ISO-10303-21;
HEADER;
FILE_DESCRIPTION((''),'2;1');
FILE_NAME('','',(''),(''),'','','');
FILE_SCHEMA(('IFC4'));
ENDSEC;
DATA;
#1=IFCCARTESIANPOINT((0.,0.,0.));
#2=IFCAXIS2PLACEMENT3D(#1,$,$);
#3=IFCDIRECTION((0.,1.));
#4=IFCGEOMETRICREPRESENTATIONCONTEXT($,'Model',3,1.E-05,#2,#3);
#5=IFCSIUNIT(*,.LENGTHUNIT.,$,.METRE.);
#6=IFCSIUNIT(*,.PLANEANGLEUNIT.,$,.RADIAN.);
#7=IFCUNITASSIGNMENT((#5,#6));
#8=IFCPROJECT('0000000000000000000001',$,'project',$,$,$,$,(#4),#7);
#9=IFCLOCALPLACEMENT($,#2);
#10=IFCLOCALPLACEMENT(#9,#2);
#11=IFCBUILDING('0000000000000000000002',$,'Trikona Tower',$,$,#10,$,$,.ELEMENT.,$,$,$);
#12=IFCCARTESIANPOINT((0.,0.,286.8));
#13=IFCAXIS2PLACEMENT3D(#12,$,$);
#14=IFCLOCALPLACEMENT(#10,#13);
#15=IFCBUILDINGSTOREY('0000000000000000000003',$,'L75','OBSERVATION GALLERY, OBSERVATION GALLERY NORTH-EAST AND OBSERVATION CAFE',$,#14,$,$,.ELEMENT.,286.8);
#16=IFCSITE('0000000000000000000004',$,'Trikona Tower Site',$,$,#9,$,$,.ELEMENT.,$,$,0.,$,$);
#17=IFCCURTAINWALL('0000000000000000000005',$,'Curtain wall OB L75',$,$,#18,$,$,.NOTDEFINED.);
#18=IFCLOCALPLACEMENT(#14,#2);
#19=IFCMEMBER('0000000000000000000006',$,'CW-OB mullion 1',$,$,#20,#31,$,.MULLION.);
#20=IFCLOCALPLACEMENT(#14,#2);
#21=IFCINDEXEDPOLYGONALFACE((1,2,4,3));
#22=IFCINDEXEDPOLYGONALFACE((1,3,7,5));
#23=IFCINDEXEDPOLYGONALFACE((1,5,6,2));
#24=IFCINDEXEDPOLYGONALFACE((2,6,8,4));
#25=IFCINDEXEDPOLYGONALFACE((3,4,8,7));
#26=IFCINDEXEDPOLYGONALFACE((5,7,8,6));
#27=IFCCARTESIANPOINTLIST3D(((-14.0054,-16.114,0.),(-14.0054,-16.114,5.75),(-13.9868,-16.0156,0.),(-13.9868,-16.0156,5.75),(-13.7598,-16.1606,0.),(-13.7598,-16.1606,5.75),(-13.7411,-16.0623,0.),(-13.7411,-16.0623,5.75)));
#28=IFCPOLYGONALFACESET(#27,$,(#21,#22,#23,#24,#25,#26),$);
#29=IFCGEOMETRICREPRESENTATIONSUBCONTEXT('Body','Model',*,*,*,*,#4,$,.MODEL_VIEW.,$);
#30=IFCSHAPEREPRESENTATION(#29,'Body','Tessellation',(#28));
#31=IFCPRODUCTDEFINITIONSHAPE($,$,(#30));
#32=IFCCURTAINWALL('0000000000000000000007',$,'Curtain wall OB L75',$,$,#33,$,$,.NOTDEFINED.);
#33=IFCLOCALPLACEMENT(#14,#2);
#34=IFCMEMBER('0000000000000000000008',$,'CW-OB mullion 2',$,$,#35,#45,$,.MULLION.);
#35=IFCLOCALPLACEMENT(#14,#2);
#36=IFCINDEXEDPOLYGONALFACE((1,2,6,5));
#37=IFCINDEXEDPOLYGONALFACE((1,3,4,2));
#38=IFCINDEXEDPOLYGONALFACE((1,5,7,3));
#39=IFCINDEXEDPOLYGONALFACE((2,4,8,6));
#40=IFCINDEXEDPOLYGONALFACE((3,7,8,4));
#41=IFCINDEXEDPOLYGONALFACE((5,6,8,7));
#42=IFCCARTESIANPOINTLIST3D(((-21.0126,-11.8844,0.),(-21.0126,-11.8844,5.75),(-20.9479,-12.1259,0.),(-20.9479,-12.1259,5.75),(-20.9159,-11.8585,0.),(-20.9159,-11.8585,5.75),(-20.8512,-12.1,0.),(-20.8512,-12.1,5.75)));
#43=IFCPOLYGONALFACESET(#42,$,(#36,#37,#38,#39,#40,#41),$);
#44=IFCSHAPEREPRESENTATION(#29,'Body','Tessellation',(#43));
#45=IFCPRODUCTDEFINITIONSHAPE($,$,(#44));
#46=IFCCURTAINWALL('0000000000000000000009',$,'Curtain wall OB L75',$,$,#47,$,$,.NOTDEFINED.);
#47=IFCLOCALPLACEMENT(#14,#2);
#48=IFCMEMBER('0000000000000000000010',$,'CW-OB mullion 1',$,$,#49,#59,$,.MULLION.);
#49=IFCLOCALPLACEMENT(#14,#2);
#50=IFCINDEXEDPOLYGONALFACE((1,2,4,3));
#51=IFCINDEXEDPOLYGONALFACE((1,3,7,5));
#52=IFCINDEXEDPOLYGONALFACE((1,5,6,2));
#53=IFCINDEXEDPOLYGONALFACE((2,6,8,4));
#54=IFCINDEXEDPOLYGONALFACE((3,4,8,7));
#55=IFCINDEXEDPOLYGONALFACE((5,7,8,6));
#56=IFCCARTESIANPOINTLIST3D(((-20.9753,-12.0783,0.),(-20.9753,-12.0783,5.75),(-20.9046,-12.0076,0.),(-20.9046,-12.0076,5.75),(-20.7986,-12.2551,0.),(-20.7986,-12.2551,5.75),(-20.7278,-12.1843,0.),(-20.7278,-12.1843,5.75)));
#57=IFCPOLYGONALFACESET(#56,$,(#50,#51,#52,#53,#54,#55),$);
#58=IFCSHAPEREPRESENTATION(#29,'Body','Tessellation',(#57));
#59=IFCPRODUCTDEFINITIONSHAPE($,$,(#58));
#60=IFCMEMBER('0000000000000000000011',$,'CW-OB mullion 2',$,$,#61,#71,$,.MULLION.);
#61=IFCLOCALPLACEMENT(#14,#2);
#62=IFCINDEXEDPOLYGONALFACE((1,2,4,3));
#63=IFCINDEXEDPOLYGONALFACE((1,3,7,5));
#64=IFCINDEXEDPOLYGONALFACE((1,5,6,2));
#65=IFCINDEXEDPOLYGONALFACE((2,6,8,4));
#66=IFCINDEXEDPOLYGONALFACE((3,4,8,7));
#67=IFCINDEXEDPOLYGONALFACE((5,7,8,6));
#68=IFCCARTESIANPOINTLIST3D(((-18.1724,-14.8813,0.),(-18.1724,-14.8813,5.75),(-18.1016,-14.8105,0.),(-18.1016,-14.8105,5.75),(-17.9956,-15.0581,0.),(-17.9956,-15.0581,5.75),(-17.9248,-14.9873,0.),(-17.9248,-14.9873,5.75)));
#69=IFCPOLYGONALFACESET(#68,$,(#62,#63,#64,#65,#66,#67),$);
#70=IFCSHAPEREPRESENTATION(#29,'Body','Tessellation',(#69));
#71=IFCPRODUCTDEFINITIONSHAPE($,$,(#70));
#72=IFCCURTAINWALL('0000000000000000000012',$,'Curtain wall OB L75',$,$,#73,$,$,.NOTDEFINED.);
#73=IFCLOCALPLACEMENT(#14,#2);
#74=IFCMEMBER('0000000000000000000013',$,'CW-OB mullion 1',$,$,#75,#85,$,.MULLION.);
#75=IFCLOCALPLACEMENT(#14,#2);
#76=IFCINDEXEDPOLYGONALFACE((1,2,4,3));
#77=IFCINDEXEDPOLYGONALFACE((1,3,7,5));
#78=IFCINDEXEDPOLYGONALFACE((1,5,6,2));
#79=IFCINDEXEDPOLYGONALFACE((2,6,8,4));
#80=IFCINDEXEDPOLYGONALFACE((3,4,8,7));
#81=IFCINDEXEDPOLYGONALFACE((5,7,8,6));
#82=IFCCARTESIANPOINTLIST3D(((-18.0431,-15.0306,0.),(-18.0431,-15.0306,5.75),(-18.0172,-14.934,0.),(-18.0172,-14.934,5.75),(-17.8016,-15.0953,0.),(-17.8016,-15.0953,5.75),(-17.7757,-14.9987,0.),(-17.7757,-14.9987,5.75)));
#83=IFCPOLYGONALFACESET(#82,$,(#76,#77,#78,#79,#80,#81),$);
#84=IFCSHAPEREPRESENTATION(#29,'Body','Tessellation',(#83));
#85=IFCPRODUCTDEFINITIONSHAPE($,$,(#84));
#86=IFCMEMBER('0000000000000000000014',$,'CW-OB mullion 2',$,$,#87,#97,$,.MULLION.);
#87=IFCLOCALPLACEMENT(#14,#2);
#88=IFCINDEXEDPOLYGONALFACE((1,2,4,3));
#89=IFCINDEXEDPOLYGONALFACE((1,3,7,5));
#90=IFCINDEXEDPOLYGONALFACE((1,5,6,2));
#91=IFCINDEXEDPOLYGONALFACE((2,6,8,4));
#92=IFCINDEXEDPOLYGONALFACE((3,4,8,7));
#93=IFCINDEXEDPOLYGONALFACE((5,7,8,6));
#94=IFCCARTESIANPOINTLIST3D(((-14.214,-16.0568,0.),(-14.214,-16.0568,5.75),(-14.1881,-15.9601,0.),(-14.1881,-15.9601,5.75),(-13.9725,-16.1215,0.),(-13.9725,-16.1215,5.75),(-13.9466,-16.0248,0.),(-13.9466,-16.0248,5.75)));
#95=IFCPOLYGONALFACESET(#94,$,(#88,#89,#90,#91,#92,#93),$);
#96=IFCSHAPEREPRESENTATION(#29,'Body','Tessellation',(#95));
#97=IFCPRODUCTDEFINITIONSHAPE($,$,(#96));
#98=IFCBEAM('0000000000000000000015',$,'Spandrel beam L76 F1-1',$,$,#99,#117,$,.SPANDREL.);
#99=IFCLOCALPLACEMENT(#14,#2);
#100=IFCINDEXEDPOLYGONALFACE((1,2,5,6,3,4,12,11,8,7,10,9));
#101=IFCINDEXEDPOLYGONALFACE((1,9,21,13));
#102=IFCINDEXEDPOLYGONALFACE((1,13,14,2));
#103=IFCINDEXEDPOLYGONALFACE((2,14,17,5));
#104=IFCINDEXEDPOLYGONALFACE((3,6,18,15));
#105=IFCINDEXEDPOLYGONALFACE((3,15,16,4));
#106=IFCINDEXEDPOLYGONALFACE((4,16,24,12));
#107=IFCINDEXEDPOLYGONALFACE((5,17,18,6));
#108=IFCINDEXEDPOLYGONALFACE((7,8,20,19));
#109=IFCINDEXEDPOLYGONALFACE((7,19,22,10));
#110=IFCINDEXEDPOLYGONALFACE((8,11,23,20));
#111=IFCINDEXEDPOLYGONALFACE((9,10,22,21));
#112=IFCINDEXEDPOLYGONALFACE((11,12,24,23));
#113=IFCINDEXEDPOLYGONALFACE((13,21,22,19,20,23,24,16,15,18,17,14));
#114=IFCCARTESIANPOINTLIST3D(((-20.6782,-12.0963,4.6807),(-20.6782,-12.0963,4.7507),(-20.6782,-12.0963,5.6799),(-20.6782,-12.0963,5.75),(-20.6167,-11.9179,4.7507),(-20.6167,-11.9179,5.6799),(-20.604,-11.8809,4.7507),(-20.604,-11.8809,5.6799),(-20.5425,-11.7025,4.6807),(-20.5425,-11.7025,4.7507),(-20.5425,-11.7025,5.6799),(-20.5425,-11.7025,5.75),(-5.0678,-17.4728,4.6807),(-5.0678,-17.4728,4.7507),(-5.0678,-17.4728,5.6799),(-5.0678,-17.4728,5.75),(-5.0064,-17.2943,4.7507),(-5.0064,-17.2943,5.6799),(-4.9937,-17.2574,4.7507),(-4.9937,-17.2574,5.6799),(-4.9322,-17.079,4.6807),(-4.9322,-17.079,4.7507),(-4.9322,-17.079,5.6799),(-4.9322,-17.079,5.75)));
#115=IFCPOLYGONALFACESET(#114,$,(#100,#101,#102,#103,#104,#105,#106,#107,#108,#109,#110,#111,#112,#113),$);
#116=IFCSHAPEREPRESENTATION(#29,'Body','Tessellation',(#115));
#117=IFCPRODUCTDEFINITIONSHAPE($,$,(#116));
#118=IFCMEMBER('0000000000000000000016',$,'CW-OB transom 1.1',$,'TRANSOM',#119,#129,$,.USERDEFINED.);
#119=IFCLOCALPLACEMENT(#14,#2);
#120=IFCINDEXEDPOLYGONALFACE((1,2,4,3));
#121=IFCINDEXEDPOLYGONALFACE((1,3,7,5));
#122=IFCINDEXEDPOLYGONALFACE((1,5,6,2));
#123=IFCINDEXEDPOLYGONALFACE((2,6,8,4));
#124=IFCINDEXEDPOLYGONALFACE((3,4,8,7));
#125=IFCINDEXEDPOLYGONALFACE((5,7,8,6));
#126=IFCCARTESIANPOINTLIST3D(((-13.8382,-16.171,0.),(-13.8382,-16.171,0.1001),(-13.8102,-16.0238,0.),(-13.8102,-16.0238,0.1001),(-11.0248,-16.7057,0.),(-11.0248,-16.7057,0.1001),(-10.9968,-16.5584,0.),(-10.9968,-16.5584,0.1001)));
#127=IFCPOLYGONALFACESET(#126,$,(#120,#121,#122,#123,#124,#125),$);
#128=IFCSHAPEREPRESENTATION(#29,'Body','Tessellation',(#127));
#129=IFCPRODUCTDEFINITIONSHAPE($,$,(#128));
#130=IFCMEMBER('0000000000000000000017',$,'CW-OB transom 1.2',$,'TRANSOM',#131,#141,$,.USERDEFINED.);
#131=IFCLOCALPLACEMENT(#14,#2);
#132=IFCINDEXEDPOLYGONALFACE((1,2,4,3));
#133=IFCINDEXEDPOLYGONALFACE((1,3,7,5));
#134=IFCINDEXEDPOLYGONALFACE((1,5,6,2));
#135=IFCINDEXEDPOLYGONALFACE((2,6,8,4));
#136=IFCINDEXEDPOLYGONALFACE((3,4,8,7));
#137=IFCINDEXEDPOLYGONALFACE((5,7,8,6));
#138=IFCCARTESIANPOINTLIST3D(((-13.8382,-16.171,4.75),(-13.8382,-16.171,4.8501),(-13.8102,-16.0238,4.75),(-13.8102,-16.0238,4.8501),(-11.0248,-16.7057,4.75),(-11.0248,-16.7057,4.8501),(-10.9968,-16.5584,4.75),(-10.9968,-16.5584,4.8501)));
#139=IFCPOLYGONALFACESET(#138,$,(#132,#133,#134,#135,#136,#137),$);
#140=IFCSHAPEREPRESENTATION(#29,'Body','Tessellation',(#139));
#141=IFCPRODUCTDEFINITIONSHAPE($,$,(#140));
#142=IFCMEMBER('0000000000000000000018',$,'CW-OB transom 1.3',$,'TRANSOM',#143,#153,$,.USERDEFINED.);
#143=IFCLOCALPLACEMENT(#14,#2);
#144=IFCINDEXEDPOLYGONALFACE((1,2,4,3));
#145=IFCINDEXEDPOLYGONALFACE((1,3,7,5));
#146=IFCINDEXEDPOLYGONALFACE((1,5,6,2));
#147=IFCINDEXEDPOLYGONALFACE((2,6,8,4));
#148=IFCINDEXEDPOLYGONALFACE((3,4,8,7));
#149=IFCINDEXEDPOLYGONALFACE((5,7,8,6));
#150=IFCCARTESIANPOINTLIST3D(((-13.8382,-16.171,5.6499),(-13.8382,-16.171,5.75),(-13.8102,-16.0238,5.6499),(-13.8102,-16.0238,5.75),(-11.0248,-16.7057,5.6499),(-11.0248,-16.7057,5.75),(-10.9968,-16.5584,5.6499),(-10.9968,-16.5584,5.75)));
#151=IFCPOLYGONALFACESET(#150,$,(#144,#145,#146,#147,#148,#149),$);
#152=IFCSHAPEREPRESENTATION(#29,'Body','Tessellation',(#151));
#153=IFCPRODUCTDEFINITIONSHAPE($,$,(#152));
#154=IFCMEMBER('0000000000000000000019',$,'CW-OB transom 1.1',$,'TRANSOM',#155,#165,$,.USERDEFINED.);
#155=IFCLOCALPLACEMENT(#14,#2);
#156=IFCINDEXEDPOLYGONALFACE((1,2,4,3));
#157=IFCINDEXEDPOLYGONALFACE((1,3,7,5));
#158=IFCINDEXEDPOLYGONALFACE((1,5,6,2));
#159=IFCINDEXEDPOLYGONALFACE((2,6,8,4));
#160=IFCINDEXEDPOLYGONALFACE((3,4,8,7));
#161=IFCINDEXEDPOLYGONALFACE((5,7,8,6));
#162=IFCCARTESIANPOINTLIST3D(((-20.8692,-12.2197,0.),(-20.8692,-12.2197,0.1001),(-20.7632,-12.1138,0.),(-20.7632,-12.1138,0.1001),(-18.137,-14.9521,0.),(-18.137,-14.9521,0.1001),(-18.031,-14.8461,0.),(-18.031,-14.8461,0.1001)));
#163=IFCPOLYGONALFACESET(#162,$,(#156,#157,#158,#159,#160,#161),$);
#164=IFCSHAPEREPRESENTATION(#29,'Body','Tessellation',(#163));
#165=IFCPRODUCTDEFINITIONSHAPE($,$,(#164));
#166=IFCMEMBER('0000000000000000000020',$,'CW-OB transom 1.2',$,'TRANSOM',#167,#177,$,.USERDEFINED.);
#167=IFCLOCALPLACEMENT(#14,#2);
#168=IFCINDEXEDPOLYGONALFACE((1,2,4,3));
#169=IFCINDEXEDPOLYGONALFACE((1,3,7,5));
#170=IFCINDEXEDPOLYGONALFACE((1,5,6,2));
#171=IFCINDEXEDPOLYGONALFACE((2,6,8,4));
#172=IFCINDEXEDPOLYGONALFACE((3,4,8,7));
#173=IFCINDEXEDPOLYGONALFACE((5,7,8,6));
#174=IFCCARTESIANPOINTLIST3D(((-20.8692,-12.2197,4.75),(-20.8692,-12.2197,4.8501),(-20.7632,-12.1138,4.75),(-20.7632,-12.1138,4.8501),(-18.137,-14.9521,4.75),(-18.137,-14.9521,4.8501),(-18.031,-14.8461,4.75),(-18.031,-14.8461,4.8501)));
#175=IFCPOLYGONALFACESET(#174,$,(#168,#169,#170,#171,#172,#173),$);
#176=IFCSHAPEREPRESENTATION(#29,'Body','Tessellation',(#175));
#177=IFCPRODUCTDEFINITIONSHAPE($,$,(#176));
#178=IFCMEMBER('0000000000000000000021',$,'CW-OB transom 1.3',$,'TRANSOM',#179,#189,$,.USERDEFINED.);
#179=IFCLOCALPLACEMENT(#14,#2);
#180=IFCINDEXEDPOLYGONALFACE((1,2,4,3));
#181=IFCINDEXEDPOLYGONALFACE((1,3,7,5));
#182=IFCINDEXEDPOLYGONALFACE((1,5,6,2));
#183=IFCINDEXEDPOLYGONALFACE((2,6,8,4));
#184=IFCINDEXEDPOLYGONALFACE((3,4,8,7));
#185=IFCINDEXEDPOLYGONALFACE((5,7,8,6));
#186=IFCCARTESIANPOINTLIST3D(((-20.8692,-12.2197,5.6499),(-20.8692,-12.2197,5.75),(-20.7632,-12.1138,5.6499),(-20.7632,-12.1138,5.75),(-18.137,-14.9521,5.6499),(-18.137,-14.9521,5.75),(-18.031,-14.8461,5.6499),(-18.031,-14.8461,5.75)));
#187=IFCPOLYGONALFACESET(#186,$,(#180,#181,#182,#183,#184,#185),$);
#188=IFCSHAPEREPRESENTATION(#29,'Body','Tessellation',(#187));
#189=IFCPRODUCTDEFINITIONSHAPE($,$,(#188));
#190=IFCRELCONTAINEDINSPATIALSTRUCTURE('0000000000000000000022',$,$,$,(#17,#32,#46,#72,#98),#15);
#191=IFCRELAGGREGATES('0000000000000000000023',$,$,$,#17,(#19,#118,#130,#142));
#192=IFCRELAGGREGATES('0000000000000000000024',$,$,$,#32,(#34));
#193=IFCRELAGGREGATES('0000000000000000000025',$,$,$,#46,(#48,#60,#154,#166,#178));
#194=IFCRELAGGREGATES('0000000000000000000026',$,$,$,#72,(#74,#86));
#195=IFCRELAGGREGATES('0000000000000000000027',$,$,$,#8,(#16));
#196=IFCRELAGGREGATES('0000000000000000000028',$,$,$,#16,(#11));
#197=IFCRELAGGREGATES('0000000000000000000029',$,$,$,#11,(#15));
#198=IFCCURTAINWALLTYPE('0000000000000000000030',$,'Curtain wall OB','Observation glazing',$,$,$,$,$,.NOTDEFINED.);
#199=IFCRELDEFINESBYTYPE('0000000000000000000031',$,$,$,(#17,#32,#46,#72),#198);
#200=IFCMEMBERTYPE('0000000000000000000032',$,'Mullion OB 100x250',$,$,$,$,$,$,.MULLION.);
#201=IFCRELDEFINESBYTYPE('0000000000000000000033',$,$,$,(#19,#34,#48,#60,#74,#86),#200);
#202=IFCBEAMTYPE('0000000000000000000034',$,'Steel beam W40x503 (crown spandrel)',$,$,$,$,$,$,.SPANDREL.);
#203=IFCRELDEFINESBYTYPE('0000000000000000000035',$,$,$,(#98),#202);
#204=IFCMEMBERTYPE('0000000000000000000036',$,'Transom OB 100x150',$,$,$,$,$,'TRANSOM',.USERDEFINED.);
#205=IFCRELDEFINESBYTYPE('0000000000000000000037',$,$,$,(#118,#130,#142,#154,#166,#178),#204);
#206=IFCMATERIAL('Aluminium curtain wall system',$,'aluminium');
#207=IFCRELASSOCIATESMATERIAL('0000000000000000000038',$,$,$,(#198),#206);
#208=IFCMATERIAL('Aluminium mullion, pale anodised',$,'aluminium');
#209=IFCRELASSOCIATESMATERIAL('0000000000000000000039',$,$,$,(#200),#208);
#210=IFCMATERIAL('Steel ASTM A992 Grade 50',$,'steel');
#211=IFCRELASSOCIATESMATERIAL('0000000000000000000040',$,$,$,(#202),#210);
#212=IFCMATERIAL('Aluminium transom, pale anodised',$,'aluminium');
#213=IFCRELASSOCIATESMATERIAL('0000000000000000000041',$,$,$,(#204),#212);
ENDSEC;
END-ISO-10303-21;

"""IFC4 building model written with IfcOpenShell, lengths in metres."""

from ifc_helpers import new_model, si_unit, direction, frame, origin, origin_2d, place, context, subcontext, project, spatial, rectangle, i_section, extrude, material, material_profile, profile_set, type_object, element, aggregate, save


model = new_model("IFC4")

# Units and contexts
model_context = context("Model", 3, precision=1e-05, world=origin(), true_north=direction((0.0, 1.0)))
body_context = subcontext(model_context, "Body", "Model", "MODEL_VIEW")
ifc_project = project(units=[si_unit("LENGTHUNIT", "METRE"), si_unit("PLANEANGLEUNIT", "RADIAN")], contexts=[model_context])

# Site, building, storey
site_placement = place(None, origin())
site = spatial("IfcSite", under=ifc_project, at=site_placement, Name="Trikona Tower Site", CompositionType="ELEMENT", RefElevation=0.0)
building_placement = place(site_placement, origin())
building = spatial("IfcBuilding", under=site, at=building_placement, Name="Trikona Tower", CompositionType="ELEMENT")
storey_placement = place(building_placement, frame((0.0, 0.0, 286.8)))
storey = spatial("IfcBuildingStorey", under=building, at=storey_placement, Name="L75", Description="OBSERVATION GALLERY, OBSERVATION GALLERY NORTH-EAST AND OBSERVATION CAFE", CompositionType="ELEMENT", Elevation=286.8)

# Curtain walls, members
ifc_material_1 = material(Name="Aluminium curtain wall system", Category="aluminium")
curtain_wall_type = type_object("IfcCurtainWallType", Name="Curtain wall OB", Description="Observation glazing", PredefinedType="NOTDEFINED", material=ifc_material_1)
curtain_wall_1_placement = place(storey_placement, origin())
curtain_wall_1 = element("IfcCurtainWall", 1, at=curtain_wall_1_placement, inside=storey, type_object=curtain_wall_type, Name="Curtain wall OB L75", PredefinedType="NOTDEFINED")
ifc_material_2 = material(Name="Aluminium mullion, pale anodised", Category="aluminium")
ifc_material_profile_1 = material_profile(ifc_material_2, rectangle(XDim=0.1001, YDim=0.25, at=origin_2d()), Name="MUL-OB")
ifc_profile_set_1 = profile_set([ifc_material_profile_1], Name="Aluminium mullion, pale anodised")
member_type_1 = type_object("IfcMemberType", Name="Mullion OB 100x250", PredefinedType="MULLION", material=ifc_profile_set_1)
member_1_placement = place(storey_placement, frame((-13.8733, -16.0881, 0.0), z_axis=(0.0, 0.0, 1.0), x_axis=(0.186661, 0.982424, 0.0)))
member_1 = element("IfcMember", 2, at=member_1_placement, type_object=member_type_1, Name="CW-OB mullion 1", PredefinedType="MULLION", context=body_context, shape_type="SweptSolid", body=[
    extrude(rectangle(XDim=0.1001, YDim=0.25, at=origin_2d()), origin(), (0.0, 0.0, 1.0), 5.75),
])
curtain_wall_2_placement = place(storey_placement, origin())
curtain_wall_2 = element("IfcCurtainWall", 3, at=curtain_wall_2_placement, inside=storey, type_object=curtain_wall_type, Name="Curtain wall OB L75", PredefinedType="NOTDEFINED")
member_2_placement = place(storey_placement, frame((-20.9319, -11.9922, 0.0), z_axis=(0.0, 0.0, 1.0), x_axis=(0.965923, 0.258828, 0.0)))
member_2 = element("IfcMember", 4, at=member_2_placement, type_object=member_type_1, Name="CW-OB mullion 2", PredefinedType="MULLION", context=body_context, shape_type="SweptSolid", body=[
    extrude(rectangle(XDim=0.1001, YDim=0.25, at=origin_2d()), origin(), (0.0, 0.0, 1.0), 5.75),
])

# Curtain walls, members
curtain_wall_3_placement = place(storey_placement, origin())
curtain_wall_3 = element("IfcCurtainWall", 5, at=curtain_wall_3_placement, inside=storey, type_object=curtain_wall_type, Name="Curtain wall OB L75", PredefinedType="NOTDEFINED")
member_3_placement = place(storey_placement, frame((-20.8516, -12.1313, 0.0), z_axis=(0.0, 0.0, 1.0), x_axis=(0.707107, 0.707107, 0.0)))
member_3 = element("IfcMember", 6, at=member_3_placement, type_object=member_type_1, Name="CW-OB mullion 1", PredefinedType="MULLION", context=body_context, shape_type="SweptSolid", body=[
    extrude(rectangle(XDim=0.1001, YDim=0.25, at=origin_2d()), origin(), (0.0, 0.0, 1.0), 5.75),
])
member_4_placement = place(storey_placement, frame((-18.0486, -14.9343, 0.0), z_axis=(0.0, 0.0, 1.0), x_axis=(0.707107, 0.707107, 0.0)))
member_4 = element("IfcMember", 7, at=member_4_placement, type_object=member_type_1, Name="CW-OB mullion 2", PredefinedType="MULLION", context=body_context, shape_type="SweptSolid", body=[
    extrude(rectangle(XDim=0.1001, YDim=0.25, at=origin_2d()), origin(), (0.0, 0.0, 1.0), 5.75),
])
curtain_wall_4_placement = place(storey_placement, origin())
curtain_wall_4 = element("IfcCurtainWall", 8, at=curtain_wall_4_placement, inside=storey, type_object=curtain_wall_type, Name="Curtain wall OB L75", PredefinedType="NOTDEFINED")
member_5_placement = place(storey_placement, frame((-17.9094, -15.0146, 0.0), z_axis=(0.0, 0.0, 1.0), x_axis=(0.258828, 0.965923, 0.0)))
member_5 = element("IfcMember", 9, at=member_5_placement, type_object=member_type_1, Name="CW-OB mullion 1", PredefinedType="MULLION", context=body_context, shape_type="SweptSolid", body=[
    extrude(rectangle(XDim=0.1001, YDim=0.25, at=origin_2d()), origin(), (0.0, 0.0, 1.0), 5.75),
])
member_6_placement = place(storey_placement, frame((-14.0803, -16.0408, 0.0), z_axis=(0.0, 0.0, 1.0), x_axis=(0.258828, 0.965923, 0.0)))
member_6 = element("IfcMember", 10, at=member_6_placement, type_object=member_type_1, Name="CW-OB mullion 2", PredefinedType="MULLION", context=body_context, shape_type="SweptSolid", body=[
    extrude(rectangle(XDim=0.1001, YDim=0.25, at=origin_2d()), origin(), (0.0, 0.0, 1.0), 5.75),
])

# Beam
ifc_material_3 = material(Name="Steel ASTM A992 Grade 50", Category="steel")
ifc_material_profile_2 = material_profile(ifc_material_3, i_section(OverallWidth=0.4165, OverallDepth=1.0693, WebThickness=0.0391, FlangeThickness=0.0701, at=origin_2d()), Name="W40X503")
ifc_profile_set_2 = profile_set([ifc_material_profile_2], Name="Steel ASTM A992 Grade 50")
beam_type = type_object("IfcBeamType", Name="Steel beam W40x503 (crown spandrel)", PredefinedType="SPANDREL", material=ifc_profile_set_2)
beam_placement = place(storey_placement, frame((-20.6104, -11.8994, 5.2153), z_axis=(0.945493, -0.325643, 0.0), x_axis=(0.325643, 0.945493, 0.0)))
element("IfcBeam", 11, at=beam_placement, inside=storey, type_object=beam_type, Name="Spandrel beam L76 F1-1", PredefinedType="SPANDREL", context=body_context, shape_type="SweptSolid", body=[
    extrude(i_section(OverallWidth=0.4165, OverallDepth=1.0693, WebThickness=0.0391, FlangeThickness=0.0701, at=origin_2d()), origin(), (0.0, 0.0, 1.0), 16.5103),
])

# Members
ifc_material_4 = material(Name="Aluminium transom, pale anodised", Category="aluminium")
ifc_material_profile_3 = material_profile(ifc_material_4, rectangle(XDim=0.1499, YDim=0.1001, at=origin_2d()), Name="TRN-OB")
ifc_profile_set_3 = profile_set([ifc_material_profile_3], Name="Aluminium transom, pale anodised")
member_type_2 = type_object("IfcMemberType", Name="Transom OB 100x150", ElementType="TRANSOM", PredefinedType="USERDEFINED", material=ifc_profile_set_3)
member_7_placement = place(storey_placement, frame((-13.8242, -16.0974, 0.05), z_axis=(0.982418, -0.186697, 0.0), x_axis=(0.186697, 0.982418, 0.0)))
member_7 = element("IfcMember", 12, at=member_7_placement, type_object=member_type_2, Name="CW-OB transom 1.1", ObjectType="TRANSOM", PredefinedType="USERDEFINED", context=body_context, shape_type="SweptSolid", body=[
    extrude(rectangle(XDim=0.1499, YDim=0.1001, at=origin_2d()), origin(), (0.0, 0.0, 1.0), 2.8638),
])
member_8_placement = place(storey_placement, frame((-13.8242, -16.0974, 4.8), z_axis=(0.982418, -0.186697, 0.0), x_axis=(0.186697, 0.982418, 0.0)))
member_8 = element("IfcMember", 13, at=member_8_placement, type_object=member_type_2, Name="CW-OB transom 1.2", ObjectType="TRANSOM", PredefinedType="USERDEFINED", context=body_context, shape_type="SweptSolid", body=[
    extrude(rectangle(XDim=0.1499, YDim=0.1001, at=origin_2d()), origin(), (0.0, 0.0, 1.0), 2.8638),
])
member_9_placement = place(storey_placement, frame((-13.8242, -16.0974, 5.7), z_axis=(0.982418, -0.186697, 0.0), x_axis=(0.186697, 0.982418, 0.0)))
member_9 = element("IfcMember", 14, at=member_9_placement, type_object=member_type_2, Name="CW-OB transom 1.3", ObjectType="TRANSOM", PredefinedType="USERDEFINED", context=body_context, shape_type="SweptSolid", body=[
    extrude(rectangle(XDim=0.1499, YDim=0.1001, at=origin_2d()), origin(), (0.0, 0.0, 1.0), 2.8638),
])
aggregate(curtain_wall_1, [member_1, member_7, member_8, member_9])
member_10_placement = place(storey_placement, frame((-20.8162, -12.1667, 0.05), z_axis=(0.707075, -0.707138, 0.0), x_axis=(0.707138, 0.707075, 0.0)))
member_10 = element("IfcMember", 15, at=member_10_placement, type_object=member_type_2, Name="CW-OB transom 1.1", ObjectType="TRANSOM", PredefinedType="USERDEFINED", context=body_context, shape_type="SweptSolid", body=[
    extrude(rectangle(XDim=0.1499, YDim=0.1001, at=origin_2d()), origin(), (0.0, 0.0, 1.0), 3.864),
])
member_11_placement = place(storey_placement, frame((-20.8162, -12.1667, 4.8), z_axis=(0.707075, -0.707138, 0.0), x_axis=(0.707138, 0.707075, 0.0)))
member_11 = element("IfcMember", 16, at=member_11_placement, type_object=member_type_2, Name="CW-OB transom 1.2", ObjectType="TRANSOM", PredefinedType="USERDEFINED", context=body_context, shape_type="SweptSolid", body=[
    extrude(rectangle(XDim=0.1499, YDim=0.1001, at=origin_2d()), origin(), (0.0, 0.0, 1.0), 3.864),
])
member_12_placement = place(storey_placement, frame((-20.8162, -12.1667, 5.7), z_axis=(0.707075, -0.707138, 0.0), x_axis=(0.707138, 0.707075, 0.0)))
member_12 = element("IfcMember", 17, at=member_12_placement, type_object=member_type_2, Name="CW-OB transom 1.3", ObjectType="TRANSOM", PredefinedType="USERDEFINED", context=body_context, shape_type="SweptSolid", body=[
    extrude(rectangle(XDim=0.1499, YDim=0.1001, at=origin_2d()), origin(), (0.0, 0.0, 1.0), 3.864),
])

aggregate(curtain_wall_2, [member_2])
aggregate(curtain_wall_3, [member_3, member_4, member_10, member_11, member_12])
aggregate(curtain_wall_4, [member_5, member_6])

save(model, "model.ifc")
